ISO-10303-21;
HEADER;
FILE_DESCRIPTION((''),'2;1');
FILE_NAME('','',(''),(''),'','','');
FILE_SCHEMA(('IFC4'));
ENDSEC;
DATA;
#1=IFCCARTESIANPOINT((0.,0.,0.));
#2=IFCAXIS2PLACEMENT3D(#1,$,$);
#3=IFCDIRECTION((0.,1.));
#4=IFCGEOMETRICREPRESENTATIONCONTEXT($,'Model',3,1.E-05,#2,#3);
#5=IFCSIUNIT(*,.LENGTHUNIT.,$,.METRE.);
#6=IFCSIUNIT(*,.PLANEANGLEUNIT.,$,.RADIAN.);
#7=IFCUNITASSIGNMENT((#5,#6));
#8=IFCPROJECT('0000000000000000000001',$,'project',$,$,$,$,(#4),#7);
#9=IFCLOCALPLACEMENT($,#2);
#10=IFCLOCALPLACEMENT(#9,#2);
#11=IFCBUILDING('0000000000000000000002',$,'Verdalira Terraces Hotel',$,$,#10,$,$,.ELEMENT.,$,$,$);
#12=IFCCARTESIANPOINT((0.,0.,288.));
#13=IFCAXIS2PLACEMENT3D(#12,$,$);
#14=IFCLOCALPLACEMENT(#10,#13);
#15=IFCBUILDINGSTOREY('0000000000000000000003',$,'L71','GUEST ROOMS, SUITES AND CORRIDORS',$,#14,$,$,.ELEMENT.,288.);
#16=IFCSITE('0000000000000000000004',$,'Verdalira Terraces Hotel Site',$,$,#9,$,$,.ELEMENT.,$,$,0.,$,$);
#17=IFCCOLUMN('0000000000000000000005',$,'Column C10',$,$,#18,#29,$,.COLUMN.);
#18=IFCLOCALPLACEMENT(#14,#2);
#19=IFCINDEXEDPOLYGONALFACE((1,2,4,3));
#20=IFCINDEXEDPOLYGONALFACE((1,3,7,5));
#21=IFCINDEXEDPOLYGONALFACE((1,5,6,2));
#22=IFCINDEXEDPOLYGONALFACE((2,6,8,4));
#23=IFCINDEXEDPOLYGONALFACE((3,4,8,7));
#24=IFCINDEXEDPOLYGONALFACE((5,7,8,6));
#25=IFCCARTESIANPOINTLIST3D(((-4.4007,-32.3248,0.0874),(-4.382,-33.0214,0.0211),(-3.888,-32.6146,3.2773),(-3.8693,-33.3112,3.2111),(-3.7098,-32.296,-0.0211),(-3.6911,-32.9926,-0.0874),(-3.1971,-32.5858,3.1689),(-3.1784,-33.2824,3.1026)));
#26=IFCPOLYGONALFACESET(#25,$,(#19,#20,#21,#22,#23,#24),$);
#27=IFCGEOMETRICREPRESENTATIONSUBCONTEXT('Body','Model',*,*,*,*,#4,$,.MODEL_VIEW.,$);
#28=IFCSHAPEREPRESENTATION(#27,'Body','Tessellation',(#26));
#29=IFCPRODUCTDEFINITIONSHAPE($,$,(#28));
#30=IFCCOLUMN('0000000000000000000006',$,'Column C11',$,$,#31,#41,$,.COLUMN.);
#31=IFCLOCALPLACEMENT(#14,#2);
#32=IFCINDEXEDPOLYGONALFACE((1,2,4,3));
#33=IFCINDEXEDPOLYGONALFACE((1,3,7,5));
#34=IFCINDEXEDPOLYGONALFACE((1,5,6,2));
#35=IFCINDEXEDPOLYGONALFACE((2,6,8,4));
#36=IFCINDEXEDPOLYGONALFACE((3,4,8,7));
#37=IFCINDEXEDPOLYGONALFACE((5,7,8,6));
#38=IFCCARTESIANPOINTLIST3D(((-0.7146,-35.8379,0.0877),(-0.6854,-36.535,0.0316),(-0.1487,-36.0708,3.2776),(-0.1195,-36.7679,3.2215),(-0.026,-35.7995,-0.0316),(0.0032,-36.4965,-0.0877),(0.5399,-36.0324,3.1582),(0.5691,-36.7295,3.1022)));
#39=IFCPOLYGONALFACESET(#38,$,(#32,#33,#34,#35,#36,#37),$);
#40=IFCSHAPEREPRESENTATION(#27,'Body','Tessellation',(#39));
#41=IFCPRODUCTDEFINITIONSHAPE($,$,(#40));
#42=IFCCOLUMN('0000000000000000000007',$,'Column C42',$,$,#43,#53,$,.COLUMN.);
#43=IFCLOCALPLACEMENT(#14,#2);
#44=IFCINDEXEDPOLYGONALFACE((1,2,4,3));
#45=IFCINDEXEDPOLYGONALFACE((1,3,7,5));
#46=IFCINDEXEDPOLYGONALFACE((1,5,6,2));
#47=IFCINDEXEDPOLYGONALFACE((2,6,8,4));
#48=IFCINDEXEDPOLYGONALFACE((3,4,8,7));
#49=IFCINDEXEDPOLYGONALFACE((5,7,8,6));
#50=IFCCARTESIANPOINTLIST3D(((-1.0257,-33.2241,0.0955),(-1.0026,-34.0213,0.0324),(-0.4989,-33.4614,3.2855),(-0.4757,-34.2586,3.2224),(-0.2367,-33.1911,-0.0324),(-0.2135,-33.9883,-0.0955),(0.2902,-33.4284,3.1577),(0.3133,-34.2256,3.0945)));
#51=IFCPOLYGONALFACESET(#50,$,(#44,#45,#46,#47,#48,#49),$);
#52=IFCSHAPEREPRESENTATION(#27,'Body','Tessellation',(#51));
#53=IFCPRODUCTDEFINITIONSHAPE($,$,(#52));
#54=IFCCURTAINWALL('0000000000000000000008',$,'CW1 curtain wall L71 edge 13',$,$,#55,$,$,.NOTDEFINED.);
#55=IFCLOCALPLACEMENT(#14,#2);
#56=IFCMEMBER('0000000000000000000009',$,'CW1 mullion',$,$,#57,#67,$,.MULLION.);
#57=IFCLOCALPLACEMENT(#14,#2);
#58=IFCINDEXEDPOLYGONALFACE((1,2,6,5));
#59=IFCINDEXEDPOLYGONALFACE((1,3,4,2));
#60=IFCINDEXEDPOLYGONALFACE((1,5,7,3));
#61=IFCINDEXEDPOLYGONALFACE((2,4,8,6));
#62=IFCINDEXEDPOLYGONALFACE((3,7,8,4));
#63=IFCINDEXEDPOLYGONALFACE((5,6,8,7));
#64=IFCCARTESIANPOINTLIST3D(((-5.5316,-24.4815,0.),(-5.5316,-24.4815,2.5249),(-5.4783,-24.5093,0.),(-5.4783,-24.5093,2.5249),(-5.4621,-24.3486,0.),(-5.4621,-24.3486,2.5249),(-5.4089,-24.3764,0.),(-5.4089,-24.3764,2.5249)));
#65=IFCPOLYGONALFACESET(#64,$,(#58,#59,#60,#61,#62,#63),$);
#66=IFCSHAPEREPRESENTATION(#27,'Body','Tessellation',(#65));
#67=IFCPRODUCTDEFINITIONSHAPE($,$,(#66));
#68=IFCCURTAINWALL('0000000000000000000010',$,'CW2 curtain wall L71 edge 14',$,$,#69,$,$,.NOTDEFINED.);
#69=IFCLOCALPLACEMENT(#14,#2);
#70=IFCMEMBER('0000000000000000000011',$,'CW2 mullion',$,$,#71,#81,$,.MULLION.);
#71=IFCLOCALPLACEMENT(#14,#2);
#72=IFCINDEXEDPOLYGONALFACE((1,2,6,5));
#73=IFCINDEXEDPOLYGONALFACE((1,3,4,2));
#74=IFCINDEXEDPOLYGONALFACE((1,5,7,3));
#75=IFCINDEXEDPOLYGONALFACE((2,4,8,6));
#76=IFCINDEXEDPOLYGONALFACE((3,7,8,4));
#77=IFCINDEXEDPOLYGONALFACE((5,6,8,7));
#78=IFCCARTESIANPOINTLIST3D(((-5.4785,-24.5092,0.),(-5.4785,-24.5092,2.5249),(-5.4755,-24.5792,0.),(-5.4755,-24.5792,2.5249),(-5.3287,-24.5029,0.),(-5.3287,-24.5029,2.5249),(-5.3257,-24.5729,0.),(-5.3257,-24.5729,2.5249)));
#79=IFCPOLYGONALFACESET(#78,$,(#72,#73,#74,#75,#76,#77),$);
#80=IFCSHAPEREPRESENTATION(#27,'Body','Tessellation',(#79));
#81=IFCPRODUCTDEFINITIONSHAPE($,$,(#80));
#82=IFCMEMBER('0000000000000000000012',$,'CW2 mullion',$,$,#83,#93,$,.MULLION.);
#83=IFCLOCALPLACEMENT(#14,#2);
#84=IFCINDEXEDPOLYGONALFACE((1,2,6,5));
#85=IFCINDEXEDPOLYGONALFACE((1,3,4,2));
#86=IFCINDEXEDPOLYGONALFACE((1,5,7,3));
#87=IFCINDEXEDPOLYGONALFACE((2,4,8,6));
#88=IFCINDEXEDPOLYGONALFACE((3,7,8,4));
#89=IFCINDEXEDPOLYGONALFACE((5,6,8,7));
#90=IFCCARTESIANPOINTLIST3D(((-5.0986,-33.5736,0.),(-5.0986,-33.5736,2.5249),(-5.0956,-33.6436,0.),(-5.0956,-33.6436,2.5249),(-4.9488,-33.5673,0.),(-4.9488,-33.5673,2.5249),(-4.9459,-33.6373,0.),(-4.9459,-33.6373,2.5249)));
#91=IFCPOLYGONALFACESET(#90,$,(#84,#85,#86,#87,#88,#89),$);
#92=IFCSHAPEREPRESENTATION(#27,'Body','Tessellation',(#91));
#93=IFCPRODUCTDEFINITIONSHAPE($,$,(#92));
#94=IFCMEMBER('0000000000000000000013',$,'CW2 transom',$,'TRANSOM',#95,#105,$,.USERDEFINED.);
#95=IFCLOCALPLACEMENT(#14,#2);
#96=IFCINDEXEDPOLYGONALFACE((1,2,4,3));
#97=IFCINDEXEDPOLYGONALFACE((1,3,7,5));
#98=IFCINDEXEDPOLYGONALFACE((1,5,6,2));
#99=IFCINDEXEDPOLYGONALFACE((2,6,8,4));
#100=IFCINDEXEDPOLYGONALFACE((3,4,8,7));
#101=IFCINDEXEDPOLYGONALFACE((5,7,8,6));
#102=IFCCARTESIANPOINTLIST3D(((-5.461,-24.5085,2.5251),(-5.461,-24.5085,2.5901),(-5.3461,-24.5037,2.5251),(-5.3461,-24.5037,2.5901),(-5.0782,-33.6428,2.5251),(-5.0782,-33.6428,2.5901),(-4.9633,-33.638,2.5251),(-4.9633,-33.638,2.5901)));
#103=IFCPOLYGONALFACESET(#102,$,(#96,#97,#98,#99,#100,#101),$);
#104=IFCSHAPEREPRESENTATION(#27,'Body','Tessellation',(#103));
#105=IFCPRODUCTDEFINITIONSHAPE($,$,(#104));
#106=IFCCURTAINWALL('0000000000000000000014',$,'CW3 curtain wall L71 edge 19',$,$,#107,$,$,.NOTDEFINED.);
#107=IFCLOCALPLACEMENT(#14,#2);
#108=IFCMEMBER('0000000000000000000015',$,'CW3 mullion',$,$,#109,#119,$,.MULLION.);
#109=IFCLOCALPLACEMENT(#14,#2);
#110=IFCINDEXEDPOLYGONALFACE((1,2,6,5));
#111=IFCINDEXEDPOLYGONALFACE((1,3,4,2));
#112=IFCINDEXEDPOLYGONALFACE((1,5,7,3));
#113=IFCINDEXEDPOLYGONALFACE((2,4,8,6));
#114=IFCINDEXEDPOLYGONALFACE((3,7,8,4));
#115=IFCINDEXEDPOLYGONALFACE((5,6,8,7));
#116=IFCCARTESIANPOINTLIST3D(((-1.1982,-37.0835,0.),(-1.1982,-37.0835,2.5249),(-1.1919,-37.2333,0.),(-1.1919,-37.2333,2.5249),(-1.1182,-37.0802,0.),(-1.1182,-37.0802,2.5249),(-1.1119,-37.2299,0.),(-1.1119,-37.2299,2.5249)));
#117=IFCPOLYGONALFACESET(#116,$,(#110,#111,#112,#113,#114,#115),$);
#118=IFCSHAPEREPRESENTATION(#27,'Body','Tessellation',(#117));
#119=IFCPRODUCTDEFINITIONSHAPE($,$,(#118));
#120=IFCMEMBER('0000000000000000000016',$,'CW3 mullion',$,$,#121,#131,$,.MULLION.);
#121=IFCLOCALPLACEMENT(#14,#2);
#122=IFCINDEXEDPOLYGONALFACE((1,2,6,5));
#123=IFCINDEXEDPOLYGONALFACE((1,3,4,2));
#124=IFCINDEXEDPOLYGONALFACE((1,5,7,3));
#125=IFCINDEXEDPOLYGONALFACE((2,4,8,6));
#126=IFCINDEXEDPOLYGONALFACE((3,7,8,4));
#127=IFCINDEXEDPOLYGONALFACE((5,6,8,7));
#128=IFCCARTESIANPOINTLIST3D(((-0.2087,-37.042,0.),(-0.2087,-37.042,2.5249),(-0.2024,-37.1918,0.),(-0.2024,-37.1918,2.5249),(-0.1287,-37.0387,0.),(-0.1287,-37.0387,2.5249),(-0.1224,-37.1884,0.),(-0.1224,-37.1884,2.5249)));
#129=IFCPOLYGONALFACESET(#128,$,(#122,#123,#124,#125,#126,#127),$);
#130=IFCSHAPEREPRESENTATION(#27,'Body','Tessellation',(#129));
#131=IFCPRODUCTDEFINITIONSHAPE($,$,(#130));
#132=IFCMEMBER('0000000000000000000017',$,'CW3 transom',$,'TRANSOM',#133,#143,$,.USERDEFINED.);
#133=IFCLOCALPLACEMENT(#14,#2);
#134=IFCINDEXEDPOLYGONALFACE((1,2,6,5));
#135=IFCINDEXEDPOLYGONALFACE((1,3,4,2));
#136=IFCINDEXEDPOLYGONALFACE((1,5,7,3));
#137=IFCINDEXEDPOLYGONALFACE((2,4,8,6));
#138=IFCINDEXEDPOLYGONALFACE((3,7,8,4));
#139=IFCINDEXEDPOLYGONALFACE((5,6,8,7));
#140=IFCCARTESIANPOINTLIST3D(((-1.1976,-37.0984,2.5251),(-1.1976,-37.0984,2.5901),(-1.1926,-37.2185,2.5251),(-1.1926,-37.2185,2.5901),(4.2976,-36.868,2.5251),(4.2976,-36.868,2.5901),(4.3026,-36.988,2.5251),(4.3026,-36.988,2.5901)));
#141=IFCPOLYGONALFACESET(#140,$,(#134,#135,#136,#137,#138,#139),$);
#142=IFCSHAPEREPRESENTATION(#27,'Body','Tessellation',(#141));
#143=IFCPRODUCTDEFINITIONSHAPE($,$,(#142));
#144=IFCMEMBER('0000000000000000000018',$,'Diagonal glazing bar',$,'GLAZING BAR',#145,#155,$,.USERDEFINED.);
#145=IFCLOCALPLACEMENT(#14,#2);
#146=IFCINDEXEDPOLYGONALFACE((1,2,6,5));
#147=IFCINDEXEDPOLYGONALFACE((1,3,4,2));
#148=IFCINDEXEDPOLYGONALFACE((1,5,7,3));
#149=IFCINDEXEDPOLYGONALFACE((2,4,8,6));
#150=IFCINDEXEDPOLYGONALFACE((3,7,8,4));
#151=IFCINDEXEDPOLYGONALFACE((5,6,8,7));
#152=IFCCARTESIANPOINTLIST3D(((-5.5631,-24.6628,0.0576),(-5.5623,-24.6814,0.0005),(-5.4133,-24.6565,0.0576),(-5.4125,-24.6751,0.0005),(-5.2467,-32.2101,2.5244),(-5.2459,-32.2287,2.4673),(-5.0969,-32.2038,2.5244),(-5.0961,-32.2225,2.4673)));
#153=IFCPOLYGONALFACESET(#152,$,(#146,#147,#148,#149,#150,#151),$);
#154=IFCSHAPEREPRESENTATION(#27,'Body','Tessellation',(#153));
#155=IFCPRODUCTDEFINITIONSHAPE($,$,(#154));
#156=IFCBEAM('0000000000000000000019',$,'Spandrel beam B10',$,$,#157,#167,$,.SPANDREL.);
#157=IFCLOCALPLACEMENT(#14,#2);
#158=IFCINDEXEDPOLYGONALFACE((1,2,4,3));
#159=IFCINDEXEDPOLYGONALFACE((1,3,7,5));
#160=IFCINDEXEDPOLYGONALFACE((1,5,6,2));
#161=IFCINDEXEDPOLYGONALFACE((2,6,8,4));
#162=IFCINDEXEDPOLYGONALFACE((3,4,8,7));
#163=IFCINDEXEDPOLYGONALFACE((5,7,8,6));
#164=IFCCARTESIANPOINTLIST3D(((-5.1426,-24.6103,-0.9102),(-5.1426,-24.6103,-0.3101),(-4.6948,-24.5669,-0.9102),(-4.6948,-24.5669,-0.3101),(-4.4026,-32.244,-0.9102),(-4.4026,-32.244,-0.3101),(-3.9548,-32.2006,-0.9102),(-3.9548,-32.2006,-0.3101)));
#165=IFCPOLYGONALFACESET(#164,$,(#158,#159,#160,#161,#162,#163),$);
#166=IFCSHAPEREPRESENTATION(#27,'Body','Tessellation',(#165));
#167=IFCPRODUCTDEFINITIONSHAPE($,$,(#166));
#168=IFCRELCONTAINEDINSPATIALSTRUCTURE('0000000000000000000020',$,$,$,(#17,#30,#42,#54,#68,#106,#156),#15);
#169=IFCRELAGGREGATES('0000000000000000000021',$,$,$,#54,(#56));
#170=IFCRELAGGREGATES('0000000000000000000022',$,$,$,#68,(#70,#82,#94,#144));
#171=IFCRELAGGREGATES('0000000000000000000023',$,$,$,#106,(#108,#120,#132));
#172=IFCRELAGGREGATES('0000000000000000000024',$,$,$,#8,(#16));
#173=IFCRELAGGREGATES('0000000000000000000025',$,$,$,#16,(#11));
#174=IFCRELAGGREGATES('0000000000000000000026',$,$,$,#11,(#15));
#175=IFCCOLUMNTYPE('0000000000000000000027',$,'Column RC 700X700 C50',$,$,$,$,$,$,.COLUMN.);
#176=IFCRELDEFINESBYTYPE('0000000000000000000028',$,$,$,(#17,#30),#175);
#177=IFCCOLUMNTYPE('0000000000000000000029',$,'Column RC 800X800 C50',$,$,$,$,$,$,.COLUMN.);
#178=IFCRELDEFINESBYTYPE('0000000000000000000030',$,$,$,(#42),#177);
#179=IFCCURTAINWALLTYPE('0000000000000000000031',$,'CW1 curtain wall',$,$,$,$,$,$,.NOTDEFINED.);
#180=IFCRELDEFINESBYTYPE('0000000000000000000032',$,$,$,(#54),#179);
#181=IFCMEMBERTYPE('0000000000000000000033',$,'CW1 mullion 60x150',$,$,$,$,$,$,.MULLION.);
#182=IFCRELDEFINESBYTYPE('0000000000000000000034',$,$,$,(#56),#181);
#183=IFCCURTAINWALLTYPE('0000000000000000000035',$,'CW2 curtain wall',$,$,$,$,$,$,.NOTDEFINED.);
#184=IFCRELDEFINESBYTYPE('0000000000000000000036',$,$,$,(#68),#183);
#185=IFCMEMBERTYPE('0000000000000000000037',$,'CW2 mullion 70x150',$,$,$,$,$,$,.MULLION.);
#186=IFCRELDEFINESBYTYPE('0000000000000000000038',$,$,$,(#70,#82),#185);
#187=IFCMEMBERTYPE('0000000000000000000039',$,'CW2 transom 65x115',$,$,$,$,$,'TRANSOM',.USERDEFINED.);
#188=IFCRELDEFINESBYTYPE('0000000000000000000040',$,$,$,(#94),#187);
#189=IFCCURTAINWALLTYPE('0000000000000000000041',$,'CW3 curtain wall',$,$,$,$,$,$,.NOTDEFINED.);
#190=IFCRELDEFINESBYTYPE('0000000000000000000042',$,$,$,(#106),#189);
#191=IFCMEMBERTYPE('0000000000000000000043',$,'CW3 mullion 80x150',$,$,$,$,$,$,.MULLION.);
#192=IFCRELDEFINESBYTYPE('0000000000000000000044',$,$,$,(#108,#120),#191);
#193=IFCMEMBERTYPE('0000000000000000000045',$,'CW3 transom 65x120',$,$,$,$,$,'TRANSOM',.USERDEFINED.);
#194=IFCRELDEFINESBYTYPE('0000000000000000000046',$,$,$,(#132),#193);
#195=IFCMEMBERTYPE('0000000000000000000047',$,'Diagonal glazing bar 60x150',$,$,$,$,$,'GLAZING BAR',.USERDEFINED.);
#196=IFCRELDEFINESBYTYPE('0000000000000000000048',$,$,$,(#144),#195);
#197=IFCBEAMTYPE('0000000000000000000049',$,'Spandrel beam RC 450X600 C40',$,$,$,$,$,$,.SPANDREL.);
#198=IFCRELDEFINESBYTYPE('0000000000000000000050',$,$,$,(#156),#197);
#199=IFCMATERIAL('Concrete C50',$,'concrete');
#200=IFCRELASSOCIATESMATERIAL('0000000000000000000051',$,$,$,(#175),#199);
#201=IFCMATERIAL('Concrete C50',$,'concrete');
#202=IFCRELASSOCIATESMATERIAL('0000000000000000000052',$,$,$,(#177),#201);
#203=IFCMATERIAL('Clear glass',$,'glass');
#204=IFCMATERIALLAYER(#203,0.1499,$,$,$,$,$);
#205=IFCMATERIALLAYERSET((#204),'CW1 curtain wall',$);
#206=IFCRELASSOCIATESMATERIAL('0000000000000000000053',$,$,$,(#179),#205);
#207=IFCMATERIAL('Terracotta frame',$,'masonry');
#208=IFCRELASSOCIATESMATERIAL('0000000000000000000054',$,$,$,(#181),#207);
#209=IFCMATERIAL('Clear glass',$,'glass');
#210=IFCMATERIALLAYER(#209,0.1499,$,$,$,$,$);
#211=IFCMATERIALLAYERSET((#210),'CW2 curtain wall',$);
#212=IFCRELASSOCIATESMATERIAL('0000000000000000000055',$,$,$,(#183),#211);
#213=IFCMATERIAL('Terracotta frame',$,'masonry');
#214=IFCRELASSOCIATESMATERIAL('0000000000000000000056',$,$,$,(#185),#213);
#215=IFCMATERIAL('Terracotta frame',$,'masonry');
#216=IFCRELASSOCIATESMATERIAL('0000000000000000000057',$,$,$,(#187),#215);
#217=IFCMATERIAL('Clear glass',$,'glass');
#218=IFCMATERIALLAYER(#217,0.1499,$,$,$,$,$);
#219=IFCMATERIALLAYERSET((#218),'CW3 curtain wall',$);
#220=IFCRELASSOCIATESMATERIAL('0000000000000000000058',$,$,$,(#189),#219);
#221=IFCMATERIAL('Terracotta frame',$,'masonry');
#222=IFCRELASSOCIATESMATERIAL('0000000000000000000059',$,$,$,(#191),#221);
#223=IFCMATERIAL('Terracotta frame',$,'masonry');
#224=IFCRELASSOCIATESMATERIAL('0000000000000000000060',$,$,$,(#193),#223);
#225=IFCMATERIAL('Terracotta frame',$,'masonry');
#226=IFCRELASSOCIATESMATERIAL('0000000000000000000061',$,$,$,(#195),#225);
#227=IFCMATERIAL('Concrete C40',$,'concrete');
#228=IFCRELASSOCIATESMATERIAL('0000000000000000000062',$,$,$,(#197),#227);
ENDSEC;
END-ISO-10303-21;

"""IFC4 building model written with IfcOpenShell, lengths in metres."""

from ifc_helpers import new_model, si_unit, direction, frame, origin, origin_2d, place, context, subcontext, project, spatial, rectangle, extrude, material, layer, layer_set, material_profile, profile_set, type_object, element, aggregate, save


model = new_model("IFC4")

# Units and contexts
model_context = context("Model", 3, precision=1e-05, world=origin(), true_north=direction((0.0, 1.0)))
body_context = subcontext(model_context, "Body", "Model", "MODEL_VIEW")
ifc_project = project(units=[si_unit("LENGTHUNIT", "METRE"), si_unit("PLANEANGLEUNIT", "RADIAN")], contexts=[model_context])

# Site, building, storey
site_placement = place(None, origin())
site = spatial("IfcSite", under=ifc_project, at=site_placement, Name="Verdalira Terraces Hotel Site", CompositionType="ELEMENT", RefElevation=0.0)
building_placement = place(site_placement, origin())
building = spatial("IfcBuilding", under=site, at=building_placement, Name="Verdalira Terraces Hotel", CompositionType="ELEMENT")
storey_placement = place(building_placement, frame((0.0, 0.0, 288.0)))
storey = spatial("IfcBuildingStorey", under=building, at=storey_placement, Name="L71", Description="GUEST ROOMS, SUITES AND CORRIDORS", CompositionType="ELEMENT", Elevation=288.0)

# Columns
ifc_material_1 = material(Name="Concrete C50", Category="concrete")
ifc_material_profile_1 = material_profile(ifc_material_1, rectangle(XDim=0.7, YDim=0.7, at=origin_2d()), Name="RC 700X700")
ifc_profile_set_1 = profile_set([ifc_material_profile_1], Name="Concrete C50")
column_type_1 = type_object("IfcColumnType", Name="Column RC 700X700 C50", PredefinedType="COLUMN", material=ifc_profile_set_1)
column_1_placement = place(storey_placement, frame((-4.0459, -32.6587, 0.0), z_axis=(0.158051, -0.089337, 0.983381), x_axis=(0.026615, -0.995152, -0.094684)))
element("IfcColumn", 1, at=column_1_placement, inside=storey, type_object=column_type_1, Name="Column C10", PredefinedType="COLUMN", context=body_context, shape_type="SweptSolid", body=[
    extrude(rectangle(XDim=0.7, YDim=0.7, at=origin_2d()), origin(), (0.0, 0.0, 1.0), 3.2439),
])
column_2_placement = place(storey_placement, frame((-0.3557, -36.1672, 0.0), z_axis=(0.17423, -0.071706, 0.982091), x_axis=(0.98382, 0.054956, -0.170524)))
element("IfcColumn", 2, at=column_2_placement, inside=storey, type_object=column_type_1, Name="Column C11", PredefinedType="COLUMN", context=body_context, shape_type="SweptSolid", body=[
    extrude(rectangle(XDim=0.7, YDim=0.7, at=origin_2d()), origin(), (0.0, 0.0, 1.0), 3.248),
])
ifc_material_2 = material(Name="Concrete C50", Category="concrete")
ifc_material_profile_2 = material_profile(ifc_material_2, rectangle(XDim=0.8, YDim=0.8, at=origin_2d()), Name="RC 800X800")
ifc_profile_set_2 = profile_set([ifc_material_profile_2], Name="Concrete C50")
column_type_2 = type_object("IfcColumnType", Name="Column RC 800X800 C50", PredefinedType="COLUMN", material=ifc_profile_set_2)
column_3_placement = place(storey_placement, frame((-0.6196, -33.6062, 0.0), z_axis=(0.162517, -0.0732, 0.983987), x_axis=(0.028928, -0.996462, -0.078906)))
element("IfcColumn", 3, at=column_3_placement, inside=storey, type_object=column_type_2, Name="Column C42", PredefinedType="COLUMN", context=body_context, shape_type="SweptSolid", body=[
    extrude(rectangle(XDim=0.8, YDim=0.8, at=origin_2d()), origin(), (0.0, 0.0, 1.0), 3.2419),
])

# Curtain wall, member
ifc_material_3 = material(Name="Clear glass", Category="glass")
ifc_layer_1 = layer(ifc_material_3, 0.1499)
ifc_layer_set_1 = layer_set([ifc_layer_1], Name="CW1 curtain wall")
curtain_wall_type_1 = type_object("IfcCurtainWallType", Name="CW1 curtain wall", PredefinedType="NOTDEFINED", material=ifc_layer_set_1)
curtain_wall_1_placement = place(storey_placement, origin())
curtain_wall_1 = element("IfcCurtainWall", 4, at=curtain_wall_1_placement, inside=storey, type_object=curtain_wall_type_1, Name="CW1 curtain wall L71 edge 13", PredefinedType="NOTDEFINED")
ifc_material_4 = material(Name="Terracotta frame", Category="masonry")
ifc_material_profile_3 = material_profile(ifc_material_4, rectangle(XDim=0.0601, YDim=0.1499, at=origin_2d()), Name="MU 60x150")
ifc_profile_set_3 = profile_set([ifc_material_profile_3], Name="Terracotta frame")
member_type_1 = type_object("IfcMemberType", Name="CW1 mullion 60x150", PredefinedType="MULLION", material=ifc_profile_set_3)
member_1_placement = place(storey_placement, frame((-5.4702, -24.429, 0.0), z_axis=(0.0, 0.0, 1.0), x_axis=(0.886204, -0.463296, 0.0)))
member_1 = element("IfcMember", 5, at=member_1_placement, type_object=member_type_1, Name="CW1 mullion", PredefinedType="MULLION", context=body_context, shape_type="SweptSolid", body=[
    extrude(rectangle(XDim=0.0601, YDim=0.1499, at=origin_2d()), origin(), (0.0, 0.0, 1.0), 2.5249),
])
aggregate(curtain_wall_1, [member_1])

# Curtain walls, members
ifc_material_5 = material(Name="Clear glass", Category="glass")
ifc_layer_2 = layer(ifc_material_5, 0.1499)
ifc_layer_set_2 = layer_set([ifc_layer_2], Name="CW2 curtain wall")
curtain_wall_type_2 = type_object("IfcCurtainWallType", Name="CW2 curtain wall", PredefinedType="NOTDEFINED", material=ifc_layer_set_2)
curtain_wall_2_placement = place(storey_placement, origin())
curtain_wall_2 = element("IfcCurtainWall", 6, at=curtain_wall_2_placement, inside=storey, type_object=curtain_wall_type_2, Name="CW2 curtain wall L71 edge 14", PredefinedType="NOTDEFINED")
ifc_material_6 = material(Name="Terracotta frame", Category="masonry")
ifc_material_profile_4 = material_profile(ifc_material_6, rectangle(XDim=0.0701, YDim=0.1499, at=origin_2d()), Name="MU 70x150")
ifc_profile_set_4 = profile_set([ifc_material_profile_4], Name="Terracotta frame")
member_type_2 = type_object("IfcMemberType", Name="CW2 mullion 70x150", PredefinedType="MULLION", material=ifc_profile_set_4)
member_2_placement = place(storey_placement, frame((-5.4021, -24.541, 0.0), z_axis=(0.0, 0.0, 1.0), x_axis=(0.041876, -0.999123, 0.0)))
member_2 = element("IfcMember", 7, at=member_2_placement, type_object=member_type_2, Name="CW2 mullion", PredefinedType="MULLION", context=body_context, shape_type="SweptSolid", body=[
    extrude(rectangle(XDim=0.0701, YDim=0.1499, at=origin_2d()), origin(), (0.0, 0.0, 1.0), 2.5249),
])
member_3_placement = place(storey_placement, frame((-5.0222, -33.6055, 0.0), z_axis=(0.0, 0.0, 1.0), x_axis=(0.041876, -0.999123, 0.0)))
member_3 = element("IfcMember", 8, at=member_3_placement, type_object=member_type_2, Name="CW2 mullion", PredefinedType="MULLION", context=body_context, shape_type="SweptSolid", body=[
    extrude(rectangle(XDim=0.0701, YDim=0.1499, at=origin_2d()), origin(), (0.0, 0.0, 1.0), 2.5249),
])
ifc_material_7 = material(Name="Terracotta frame", Category="masonry")
ifc_material_profile_5 = material_profile(ifc_material_7, rectangle(XDim=0.115, YDim=0.0649, at=origin_2d()), Name="TR 65x115")
ifc_profile_set_5 = profile_set([ifc_material_profile_5], Name="Terracotta frame")
member_type_3 = type_object("IfcMemberType", Name="CW2 transom 65x115", ElementType="TRANSOM", PredefinedType="USERDEFINED", material=ifc_profile_set_5)
member_4_placement = place(storey_placement, frame((-5.4036, -24.5061, 2.5576), z_axis=(0.041873, -0.999123, 0.0), x_axis=(0.999123, 0.041873, 0.0)))
member_4 = element("IfcMember", 9, at=member_4_placement, type_object=member_type_3, Name="CW2 transom", ObjectType="TRANSOM", PredefinedType="USERDEFINED", context=body_context, shape_type="SweptSolid", body=[
    extrude(rectangle(XDim=0.115, YDim=0.0649, at=origin_2d()), origin(), (0.0, 0.0, 1.0), 9.1423),
])
ifc_material_8 = material(Name="Clear glass", Category="glass")
ifc_layer_3 = layer(ifc_material_8, 0.1499)
ifc_layer_set_3 = layer_set([ifc_layer_3], Name="CW3 curtain wall")
curtain_wall_type_3 = type_object("IfcCurtainWallType", Name="CW3 curtain wall", PredefinedType="NOTDEFINED", material=ifc_layer_set_3)
curtain_wall_3_placement = place(storey_placement, origin())
curtain_wall_3 = element("IfcCurtainWall", 10, at=curtain_wall_3_placement, inside=storey, type_object=curtain_wall_type_3, Name="CW3 curtain wall L71 edge 19", PredefinedType="NOTDEFINED")
ifc_material_9 = material(Name="Terracotta frame", Category="masonry")
ifc_material_profile_6 = material_profile(ifc_material_9, rectangle(XDim=0.0801, YDim=0.1499, at=origin_2d()), Name="MU 80x150")
ifc_profile_set_6 = profile_set([ifc_material_profile_6], Name="Terracotta frame")
member_type_4 = type_object("IfcMemberType", Name="CW3 mullion 80x150", PredefinedType="MULLION", material=ifc_profile_set_6)
member_5_placement = place(storey_placement, frame((-1.155, -37.1567, 0.0), z_axis=(0.0, 0.0, 1.0), x_axis=(0.999123, 0.041876, 0.0)))
member_5 = element("IfcMember", 11, at=member_5_placement, type_object=member_type_4, Name="CW3 mullion", PredefinedType="MULLION", context=body_context, shape_type="SweptSolid", body=[
    extrude(rectangle(XDim=0.0801, YDim=0.1499, at=origin_2d()), origin(), (0.0, 0.0, 1.0), 2.5249),
])
member_6_placement = place(storey_placement, frame((-0.1655, -37.1152, 0.0), z_axis=(0.0, 0.0, 1.0), x_axis=(0.999123, 0.041876, 0.0)))
member_6 = element("IfcMember", 12, at=member_6_placement, type_object=member_type_4, Name="CW3 mullion", PredefinedType="MULLION", context=body_context, shape_type="SweptSolid", body=[
    extrude(rectangle(XDim=0.0801, YDim=0.1499, at=origin_2d()), origin(), (0.0, 0.0, 1.0), 2.5249),
])
ifc_material_10 = material(Name="Terracotta frame", Category="masonry")
ifc_material_profile_7 = material_profile(ifc_material_10, rectangle(XDim=0.1201, YDim=0.0649, at=origin_2d()), Name="TR 65x120")
ifc_profile_set_7 = profile_set([ifc_material_profile_7], Name="Terracotta frame")
member_type_5 = type_object("IfcMemberType", Name="CW3 transom 65x120", ElementType="TRANSOM", PredefinedType="USERDEFINED", material=ifc_profile_set_7)
member_7_placement = place(storey_placement, frame((-1.1951, -37.1584, 2.5576), z_axis=(0.999122, 0.041904, 0.0), x_axis=(-0.041904, 0.999122, 0.0)))
member_7 = element("IfcMember", 13, at=member_7_placement, type_object=member_type_5, Name="CW3 transom", ObjectType="TRANSOM", PredefinedType="USERDEFINED", context=body_context, shape_type="SweptSolid", body=[
    extrude(rectangle(XDim=0.1201, YDim=0.0649, at=origin_2d()), origin(), (0.0, 0.0, 1.0), 5.5),
])

# Member
ifc_material_11 = material(Name="Terracotta frame", Category="masonry")
ifc_material_profile_8 = material_profile(ifc_material_11, rectangle(XDim=0.1499, YDim=0.0601, at=origin_2d()), Name="GB 60x150")
ifc_profile_set_8 = profile_set([ifc_material_profile_8], Name="Terracotta frame")
member_type_6 = type_object("IfcMemberType", Name="Diagonal glazing bar 60x150", ElementType="GLAZING BAR", PredefinedType="USERDEFINED", material=ifc_profile_set_8)
member_8_placement = place(storey_placement, frame((-5.4878, -24.6689, 0.0291), z_axis=(0.039817, -0.949764, 0.310423), x_axis=(0.999122, 0.041886, 0.0)))
member_8 = element("IfcMember", 14, at=member_8_placement, type_object=member_type_6, Name="Diagonal glazing bar", ObjectType="GLAZING BAR", PredefinedType="USERDEFINED", context=body_context, shape_type="SweptSolid", body=[
    extrude(rectangle(XDim=0.1499, YDim=0.0601, at=origin_2d()), origin(), (0.0, 0.0, 1.0), 7.9465),
])

# Beam
ifc_material_12 = material(Name="Concrete C40", Category="concrete")
ifc_material_profile_9 = material_profile(ifc_material_12, rectangle(XDim=0.45, YDim=0.6001, at=origin_2d()), Name="RC 450X600")
ifc_profile_set_9 = profile_set([ifc_material_profile_9], Name="Concrete C40")
beam_type = type_object("IfcBeamType", Name="Spandrel beam RC 450X600 C40", PredefinedType="SPANDREL", material=ifc_profile_set_9)
beam_1_placement = place(storey_placement, frame((-4.9187, -24.5886, -0.6101), z_axis=(0.096487, -0.995334, 0.0), x_axis=(0.995334, 0.096487, 0.0)))
element("IfcBeam", 15, at=beam_1_placement, inside=storey, type_object=beam_type, Name="Spandrel beam B10", PredefinedType="SPANDREL", context=body_context, shape_type="SweptSolid", body=[
    extrude(rectangle(XDim=0.45, YDim=0.6001, at=origin_2d()), origin(), (0.0, 0.0, 1.0), 7.6694),
])

aggregate(curtain_wall_2, [member_2, member_3, member_4, member_8])
aggregate(curtain_wall_3, [member_5, member_6, member_7])

save(model, "model.ifc")
